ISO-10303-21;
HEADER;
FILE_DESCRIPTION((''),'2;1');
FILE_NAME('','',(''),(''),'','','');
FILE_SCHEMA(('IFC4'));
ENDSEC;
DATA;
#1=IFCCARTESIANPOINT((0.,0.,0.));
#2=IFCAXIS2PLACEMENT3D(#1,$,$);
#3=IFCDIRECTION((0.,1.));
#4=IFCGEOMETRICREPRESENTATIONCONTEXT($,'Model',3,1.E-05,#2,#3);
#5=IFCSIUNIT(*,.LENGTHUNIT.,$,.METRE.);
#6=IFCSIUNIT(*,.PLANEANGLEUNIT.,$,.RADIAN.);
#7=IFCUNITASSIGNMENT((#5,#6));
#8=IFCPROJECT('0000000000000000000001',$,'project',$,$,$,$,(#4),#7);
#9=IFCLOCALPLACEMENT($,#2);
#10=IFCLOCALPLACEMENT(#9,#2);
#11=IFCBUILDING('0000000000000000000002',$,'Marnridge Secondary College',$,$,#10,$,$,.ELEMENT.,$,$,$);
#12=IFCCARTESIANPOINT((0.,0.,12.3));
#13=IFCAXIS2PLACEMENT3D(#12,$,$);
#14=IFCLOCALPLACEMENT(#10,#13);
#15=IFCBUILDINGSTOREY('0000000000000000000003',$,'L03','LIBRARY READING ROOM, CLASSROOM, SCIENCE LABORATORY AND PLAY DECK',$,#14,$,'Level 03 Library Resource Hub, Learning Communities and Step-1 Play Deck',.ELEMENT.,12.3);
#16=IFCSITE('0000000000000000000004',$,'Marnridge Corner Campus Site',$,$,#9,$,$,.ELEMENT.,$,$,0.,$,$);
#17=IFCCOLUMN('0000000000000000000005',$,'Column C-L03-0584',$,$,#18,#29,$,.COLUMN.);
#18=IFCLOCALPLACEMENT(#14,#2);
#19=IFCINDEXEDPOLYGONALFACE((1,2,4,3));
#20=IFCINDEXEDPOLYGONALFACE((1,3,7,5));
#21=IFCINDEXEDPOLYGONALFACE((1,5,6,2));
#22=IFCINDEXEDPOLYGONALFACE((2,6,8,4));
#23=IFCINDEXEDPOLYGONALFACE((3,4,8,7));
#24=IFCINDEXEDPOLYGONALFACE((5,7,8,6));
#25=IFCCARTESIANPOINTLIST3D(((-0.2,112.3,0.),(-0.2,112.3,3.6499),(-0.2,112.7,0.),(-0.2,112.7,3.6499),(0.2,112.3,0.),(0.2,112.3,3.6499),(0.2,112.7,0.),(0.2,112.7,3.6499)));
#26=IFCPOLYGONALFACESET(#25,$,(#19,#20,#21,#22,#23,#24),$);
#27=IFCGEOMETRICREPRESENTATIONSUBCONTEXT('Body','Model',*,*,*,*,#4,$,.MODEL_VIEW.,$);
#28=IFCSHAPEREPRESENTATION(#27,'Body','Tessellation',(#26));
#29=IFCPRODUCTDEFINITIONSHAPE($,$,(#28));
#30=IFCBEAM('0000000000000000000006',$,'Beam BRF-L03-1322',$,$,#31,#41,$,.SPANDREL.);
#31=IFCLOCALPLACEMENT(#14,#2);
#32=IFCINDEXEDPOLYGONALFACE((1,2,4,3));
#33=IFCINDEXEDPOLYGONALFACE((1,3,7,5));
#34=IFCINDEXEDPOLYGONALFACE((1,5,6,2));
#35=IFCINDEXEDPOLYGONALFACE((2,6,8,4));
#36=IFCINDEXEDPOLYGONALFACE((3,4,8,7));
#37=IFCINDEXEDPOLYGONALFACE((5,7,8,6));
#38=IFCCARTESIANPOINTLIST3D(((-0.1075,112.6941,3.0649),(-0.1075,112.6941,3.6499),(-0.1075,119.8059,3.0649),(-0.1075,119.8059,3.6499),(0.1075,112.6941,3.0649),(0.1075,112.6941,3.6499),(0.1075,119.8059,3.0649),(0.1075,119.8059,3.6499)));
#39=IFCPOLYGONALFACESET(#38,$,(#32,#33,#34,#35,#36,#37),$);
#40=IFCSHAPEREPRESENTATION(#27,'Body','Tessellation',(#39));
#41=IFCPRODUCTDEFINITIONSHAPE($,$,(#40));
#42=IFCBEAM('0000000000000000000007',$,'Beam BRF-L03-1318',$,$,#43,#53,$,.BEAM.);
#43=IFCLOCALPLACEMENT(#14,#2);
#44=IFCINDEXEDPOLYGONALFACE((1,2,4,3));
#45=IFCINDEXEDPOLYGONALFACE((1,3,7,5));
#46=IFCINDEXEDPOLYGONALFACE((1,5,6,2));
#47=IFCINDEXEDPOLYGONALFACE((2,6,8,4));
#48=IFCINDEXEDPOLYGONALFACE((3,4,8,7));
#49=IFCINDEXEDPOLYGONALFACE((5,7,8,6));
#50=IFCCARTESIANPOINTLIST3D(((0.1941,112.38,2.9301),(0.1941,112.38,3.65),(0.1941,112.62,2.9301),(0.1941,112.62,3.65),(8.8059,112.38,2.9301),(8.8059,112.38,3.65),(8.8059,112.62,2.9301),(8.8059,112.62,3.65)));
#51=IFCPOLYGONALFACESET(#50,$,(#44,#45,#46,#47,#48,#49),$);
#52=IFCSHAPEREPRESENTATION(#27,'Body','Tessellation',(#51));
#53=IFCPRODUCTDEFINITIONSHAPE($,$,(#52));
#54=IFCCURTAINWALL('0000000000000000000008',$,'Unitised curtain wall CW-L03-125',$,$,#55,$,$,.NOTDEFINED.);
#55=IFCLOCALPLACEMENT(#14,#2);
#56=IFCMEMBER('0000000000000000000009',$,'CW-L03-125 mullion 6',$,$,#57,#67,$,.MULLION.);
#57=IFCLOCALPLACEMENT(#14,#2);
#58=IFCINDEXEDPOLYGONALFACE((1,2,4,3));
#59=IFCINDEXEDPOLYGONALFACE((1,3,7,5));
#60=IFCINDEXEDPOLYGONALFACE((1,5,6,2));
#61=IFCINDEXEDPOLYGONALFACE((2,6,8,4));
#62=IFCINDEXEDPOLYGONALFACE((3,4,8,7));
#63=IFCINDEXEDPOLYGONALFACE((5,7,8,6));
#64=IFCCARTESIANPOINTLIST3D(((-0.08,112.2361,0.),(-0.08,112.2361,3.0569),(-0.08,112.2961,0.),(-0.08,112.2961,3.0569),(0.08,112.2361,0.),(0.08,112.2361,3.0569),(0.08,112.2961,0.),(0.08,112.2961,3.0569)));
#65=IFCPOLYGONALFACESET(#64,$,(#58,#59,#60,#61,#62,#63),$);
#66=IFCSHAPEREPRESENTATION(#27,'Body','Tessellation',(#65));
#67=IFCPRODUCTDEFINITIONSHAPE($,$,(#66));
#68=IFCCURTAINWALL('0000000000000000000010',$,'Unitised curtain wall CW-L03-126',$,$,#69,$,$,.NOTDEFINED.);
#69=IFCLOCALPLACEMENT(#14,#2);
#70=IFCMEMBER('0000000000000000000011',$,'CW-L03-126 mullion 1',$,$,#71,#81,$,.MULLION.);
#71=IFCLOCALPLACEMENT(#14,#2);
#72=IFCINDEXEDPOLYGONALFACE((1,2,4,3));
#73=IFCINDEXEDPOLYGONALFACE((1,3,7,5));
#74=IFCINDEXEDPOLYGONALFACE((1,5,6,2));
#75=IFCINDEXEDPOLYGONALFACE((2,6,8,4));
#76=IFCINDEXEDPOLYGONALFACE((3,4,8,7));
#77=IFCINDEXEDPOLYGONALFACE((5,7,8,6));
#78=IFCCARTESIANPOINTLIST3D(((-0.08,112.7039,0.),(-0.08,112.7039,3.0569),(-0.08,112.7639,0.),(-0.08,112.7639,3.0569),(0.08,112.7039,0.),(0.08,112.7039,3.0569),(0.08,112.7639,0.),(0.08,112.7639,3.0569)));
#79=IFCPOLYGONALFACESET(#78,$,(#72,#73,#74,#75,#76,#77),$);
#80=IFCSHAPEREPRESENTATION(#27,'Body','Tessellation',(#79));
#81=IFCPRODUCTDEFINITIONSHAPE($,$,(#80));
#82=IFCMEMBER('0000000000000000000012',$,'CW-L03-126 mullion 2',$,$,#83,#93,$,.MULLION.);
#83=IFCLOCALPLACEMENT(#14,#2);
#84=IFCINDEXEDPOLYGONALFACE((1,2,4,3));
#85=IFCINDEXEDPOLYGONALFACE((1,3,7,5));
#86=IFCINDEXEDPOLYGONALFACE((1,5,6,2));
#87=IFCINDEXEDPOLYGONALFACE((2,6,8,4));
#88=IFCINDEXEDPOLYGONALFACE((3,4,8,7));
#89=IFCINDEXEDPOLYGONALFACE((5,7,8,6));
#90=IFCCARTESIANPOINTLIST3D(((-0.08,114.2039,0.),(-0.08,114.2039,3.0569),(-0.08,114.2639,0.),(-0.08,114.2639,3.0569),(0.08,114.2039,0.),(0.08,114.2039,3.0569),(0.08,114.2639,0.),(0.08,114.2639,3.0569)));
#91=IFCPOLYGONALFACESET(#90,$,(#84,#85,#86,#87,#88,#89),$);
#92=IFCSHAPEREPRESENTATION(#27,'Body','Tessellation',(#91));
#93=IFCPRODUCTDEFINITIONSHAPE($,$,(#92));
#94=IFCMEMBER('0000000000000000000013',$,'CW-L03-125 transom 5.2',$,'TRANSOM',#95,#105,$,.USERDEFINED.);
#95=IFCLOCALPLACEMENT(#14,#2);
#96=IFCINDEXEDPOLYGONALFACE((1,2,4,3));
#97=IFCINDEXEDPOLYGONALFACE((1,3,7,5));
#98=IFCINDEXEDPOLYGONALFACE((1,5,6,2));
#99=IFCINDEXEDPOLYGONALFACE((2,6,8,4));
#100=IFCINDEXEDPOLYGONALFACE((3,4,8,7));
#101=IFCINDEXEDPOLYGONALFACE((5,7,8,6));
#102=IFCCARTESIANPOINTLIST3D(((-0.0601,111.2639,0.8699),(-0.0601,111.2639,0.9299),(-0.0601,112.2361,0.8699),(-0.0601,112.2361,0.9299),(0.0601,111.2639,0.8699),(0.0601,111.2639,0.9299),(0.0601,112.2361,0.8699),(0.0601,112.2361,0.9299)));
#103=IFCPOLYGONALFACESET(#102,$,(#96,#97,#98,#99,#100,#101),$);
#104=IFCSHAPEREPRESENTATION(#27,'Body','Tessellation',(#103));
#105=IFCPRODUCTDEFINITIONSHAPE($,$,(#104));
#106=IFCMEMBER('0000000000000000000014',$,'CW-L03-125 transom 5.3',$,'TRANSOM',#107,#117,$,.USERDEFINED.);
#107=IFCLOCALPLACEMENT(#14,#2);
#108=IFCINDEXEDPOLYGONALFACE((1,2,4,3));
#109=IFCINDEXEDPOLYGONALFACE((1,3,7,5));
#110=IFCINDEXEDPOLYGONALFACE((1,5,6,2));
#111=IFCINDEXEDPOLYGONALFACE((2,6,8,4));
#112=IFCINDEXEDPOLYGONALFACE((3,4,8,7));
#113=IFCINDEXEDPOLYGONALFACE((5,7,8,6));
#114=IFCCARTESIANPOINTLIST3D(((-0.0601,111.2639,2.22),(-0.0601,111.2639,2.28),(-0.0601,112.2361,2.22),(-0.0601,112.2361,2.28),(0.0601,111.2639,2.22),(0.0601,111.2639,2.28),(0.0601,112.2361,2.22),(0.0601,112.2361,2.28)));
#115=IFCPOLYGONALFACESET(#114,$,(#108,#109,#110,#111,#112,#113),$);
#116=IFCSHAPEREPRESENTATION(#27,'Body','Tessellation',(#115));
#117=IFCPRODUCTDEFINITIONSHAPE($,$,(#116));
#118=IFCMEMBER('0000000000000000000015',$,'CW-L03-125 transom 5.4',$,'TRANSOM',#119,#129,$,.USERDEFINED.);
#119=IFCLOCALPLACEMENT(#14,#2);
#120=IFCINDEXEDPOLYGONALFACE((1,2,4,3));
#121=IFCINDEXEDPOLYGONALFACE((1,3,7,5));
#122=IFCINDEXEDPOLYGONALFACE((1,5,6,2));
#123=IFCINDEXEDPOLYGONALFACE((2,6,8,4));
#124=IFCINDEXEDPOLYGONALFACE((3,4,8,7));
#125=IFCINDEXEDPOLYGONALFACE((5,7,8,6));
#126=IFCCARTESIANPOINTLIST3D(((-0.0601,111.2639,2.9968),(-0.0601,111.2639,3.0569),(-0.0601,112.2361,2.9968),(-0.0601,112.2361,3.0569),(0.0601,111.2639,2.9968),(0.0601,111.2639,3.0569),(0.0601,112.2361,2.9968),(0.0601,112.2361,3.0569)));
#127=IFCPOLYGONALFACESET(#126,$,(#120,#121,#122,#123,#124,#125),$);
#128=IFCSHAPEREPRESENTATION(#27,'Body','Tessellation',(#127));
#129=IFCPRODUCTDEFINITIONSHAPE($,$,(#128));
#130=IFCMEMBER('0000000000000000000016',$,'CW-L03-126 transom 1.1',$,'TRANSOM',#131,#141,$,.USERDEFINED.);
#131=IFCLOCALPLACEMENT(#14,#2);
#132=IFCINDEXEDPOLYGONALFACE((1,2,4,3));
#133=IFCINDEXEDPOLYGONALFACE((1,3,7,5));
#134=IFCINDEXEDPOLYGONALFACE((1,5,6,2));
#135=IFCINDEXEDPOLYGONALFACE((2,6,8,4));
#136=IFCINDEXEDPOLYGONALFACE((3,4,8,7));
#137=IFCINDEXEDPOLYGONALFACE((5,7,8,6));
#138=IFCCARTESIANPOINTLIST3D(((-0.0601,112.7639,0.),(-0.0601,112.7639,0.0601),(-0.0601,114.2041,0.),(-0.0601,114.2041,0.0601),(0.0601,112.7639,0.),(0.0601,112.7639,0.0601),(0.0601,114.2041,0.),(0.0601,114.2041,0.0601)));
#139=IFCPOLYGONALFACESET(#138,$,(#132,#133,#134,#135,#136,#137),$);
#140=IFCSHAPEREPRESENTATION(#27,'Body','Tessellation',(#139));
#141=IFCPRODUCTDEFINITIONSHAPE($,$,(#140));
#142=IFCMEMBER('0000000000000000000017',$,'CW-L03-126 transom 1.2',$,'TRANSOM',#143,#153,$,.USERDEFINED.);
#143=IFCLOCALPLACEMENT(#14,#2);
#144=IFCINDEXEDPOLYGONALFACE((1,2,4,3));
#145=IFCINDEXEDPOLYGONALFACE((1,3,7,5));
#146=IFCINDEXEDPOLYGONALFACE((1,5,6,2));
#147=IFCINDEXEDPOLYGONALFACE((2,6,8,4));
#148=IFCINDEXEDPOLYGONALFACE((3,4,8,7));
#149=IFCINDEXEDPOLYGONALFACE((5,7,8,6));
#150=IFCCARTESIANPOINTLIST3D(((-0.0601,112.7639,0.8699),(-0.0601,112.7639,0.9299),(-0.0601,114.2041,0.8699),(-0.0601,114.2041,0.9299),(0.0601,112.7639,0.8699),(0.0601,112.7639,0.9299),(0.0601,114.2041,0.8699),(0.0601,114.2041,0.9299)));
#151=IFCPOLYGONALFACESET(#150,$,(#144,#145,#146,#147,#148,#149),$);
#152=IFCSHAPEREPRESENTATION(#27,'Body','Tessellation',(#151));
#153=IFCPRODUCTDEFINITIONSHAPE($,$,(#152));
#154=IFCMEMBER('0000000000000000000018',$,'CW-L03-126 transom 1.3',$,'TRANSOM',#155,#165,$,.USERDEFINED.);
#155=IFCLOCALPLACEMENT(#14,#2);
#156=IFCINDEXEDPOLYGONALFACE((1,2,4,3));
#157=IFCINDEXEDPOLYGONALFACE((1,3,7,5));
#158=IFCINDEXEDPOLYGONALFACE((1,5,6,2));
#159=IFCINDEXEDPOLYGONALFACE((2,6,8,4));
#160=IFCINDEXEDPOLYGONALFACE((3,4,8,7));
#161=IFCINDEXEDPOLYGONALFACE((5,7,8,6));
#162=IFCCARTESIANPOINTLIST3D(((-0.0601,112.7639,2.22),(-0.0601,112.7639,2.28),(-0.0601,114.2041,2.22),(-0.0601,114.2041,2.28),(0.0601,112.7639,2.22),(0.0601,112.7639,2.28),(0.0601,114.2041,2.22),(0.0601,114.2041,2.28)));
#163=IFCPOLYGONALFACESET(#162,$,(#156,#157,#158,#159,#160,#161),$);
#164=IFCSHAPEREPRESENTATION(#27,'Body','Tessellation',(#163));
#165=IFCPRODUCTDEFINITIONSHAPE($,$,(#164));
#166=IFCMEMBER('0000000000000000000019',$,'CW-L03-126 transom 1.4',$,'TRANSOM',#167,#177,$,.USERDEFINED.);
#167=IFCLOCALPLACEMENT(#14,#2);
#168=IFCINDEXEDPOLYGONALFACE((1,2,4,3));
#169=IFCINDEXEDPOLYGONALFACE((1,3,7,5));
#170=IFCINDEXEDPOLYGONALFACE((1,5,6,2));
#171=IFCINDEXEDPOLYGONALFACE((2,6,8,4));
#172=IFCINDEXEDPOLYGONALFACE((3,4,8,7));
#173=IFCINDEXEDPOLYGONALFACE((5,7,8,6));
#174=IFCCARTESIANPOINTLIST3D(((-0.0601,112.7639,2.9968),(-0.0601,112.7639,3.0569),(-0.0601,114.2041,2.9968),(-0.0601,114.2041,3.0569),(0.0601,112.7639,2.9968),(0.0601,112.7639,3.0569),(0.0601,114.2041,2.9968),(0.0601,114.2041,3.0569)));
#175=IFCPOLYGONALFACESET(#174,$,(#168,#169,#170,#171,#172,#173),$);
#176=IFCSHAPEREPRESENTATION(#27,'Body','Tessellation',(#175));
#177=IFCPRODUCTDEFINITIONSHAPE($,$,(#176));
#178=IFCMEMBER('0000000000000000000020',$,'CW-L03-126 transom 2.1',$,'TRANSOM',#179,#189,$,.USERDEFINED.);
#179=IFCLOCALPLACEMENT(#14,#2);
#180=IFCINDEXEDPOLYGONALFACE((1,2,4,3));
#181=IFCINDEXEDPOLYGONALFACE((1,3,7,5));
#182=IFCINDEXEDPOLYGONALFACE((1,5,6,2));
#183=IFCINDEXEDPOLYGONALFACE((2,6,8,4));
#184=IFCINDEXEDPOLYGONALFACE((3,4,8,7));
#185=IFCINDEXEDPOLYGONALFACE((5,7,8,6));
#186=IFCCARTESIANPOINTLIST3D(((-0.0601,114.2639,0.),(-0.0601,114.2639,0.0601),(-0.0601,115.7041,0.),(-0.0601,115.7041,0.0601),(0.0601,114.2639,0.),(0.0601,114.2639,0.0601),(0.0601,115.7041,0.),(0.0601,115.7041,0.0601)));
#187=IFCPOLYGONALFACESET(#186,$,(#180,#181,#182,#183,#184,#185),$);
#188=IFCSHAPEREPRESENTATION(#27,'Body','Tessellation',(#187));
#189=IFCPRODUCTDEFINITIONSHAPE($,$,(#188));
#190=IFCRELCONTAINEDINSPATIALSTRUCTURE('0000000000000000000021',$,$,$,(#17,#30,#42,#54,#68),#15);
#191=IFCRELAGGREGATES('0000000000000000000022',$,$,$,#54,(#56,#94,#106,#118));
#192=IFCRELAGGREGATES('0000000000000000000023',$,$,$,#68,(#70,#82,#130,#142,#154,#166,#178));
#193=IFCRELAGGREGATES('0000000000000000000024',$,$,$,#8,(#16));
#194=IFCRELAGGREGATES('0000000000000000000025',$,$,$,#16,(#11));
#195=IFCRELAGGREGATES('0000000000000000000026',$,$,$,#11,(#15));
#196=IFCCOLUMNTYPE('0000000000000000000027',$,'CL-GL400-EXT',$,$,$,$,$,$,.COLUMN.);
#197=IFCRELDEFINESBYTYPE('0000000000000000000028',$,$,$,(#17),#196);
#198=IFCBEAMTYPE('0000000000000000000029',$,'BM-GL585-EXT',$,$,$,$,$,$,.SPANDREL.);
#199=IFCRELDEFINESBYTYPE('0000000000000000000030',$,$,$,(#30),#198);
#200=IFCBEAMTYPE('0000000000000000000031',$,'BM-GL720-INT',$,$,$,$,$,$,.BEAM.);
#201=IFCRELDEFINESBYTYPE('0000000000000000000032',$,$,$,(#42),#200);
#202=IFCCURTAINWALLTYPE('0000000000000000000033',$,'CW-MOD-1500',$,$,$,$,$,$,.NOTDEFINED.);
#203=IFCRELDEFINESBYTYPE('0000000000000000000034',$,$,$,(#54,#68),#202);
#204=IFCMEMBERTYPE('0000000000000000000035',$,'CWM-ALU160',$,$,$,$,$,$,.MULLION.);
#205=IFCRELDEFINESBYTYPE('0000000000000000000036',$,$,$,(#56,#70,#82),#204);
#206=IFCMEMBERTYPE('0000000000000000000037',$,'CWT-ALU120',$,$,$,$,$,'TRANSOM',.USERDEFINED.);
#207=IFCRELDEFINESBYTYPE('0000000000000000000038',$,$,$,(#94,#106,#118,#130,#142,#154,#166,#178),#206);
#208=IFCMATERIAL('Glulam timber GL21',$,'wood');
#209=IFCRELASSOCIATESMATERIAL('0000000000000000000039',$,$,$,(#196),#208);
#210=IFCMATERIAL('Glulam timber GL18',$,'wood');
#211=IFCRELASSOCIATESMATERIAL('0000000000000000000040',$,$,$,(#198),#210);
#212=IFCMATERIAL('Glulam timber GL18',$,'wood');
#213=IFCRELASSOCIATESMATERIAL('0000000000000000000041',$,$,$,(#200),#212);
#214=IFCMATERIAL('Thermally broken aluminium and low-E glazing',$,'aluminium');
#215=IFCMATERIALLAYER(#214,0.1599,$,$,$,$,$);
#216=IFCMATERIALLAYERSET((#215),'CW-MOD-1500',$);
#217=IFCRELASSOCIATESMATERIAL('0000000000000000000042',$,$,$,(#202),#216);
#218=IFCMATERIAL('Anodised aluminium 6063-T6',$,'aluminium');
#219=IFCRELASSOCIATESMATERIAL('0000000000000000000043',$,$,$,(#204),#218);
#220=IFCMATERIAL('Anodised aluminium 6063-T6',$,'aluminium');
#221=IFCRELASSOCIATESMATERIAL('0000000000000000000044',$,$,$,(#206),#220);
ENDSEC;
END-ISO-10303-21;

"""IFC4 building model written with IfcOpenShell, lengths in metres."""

from ifc_helpers import new_model, si_unit, direction, frame, origin, origin_2d, place, context, subcontext, project, spatial, rectangle, extrude, material, layer, layer_set, material_profile, profile_set, type_object, element, aggregate, save


model = new_model("IFC4")

# Units and contexts
model_context = context("Model", 3, precision=1e-05, world=origin(), true_north=direction((0.0, 1.0)))
body_context = subcontext(model_context, "Body", "Model", "MODEL_VIEW")
ifc_project = project(units=[si_unit("LENGTHUNIT", "METRE"), si_unit("PLANEANGLEUNIT", "RADIAN")], contexts=[model_context])

# Site, building, storey
site_placement = place(None, origin())
site = spatial("IfcSite", under=ifc_project, at=site_placement, Name="Marnridge Corner Campus Site", CompositionType="ELEMENT", RefElevation=0.0)
building_placement = place(site_placement, origin())
building = spatial("IfcBuilding", under=site, at=building_placement, Name="Marnridge Secondary College", CompositionType="ELEMENT")
storey_placement = place(building_placement, frame((0.0, 0.0, 12.3)))
storey = spatial("IfcBuildingStorey", under=building, at=storey_placement, Name="L03", Description="LIBRARY READING ROOM, CLASSROOM, SCIENCE LABORATORY AND PLAY DECK", LongName="Level 03 Library Resource Hub, Learning Communities and Step-1 Play Deck", CompositionType="ELEMENT", Elevation=12.3)

# Column
ifc_material_1 = material(Name="Glulam timber GL21", Category="wood")
ifc_material_profile_1 = material_profile(ifc_material_1, rectangle(XDim=0.3999, YDim=0.3999, at=origin_2d()), Name="GL21 400x400")
ifc_profile_set_1 = profile_set([ifc_material_profile_1], Name="Glulam timber GL21")
column_type = type_object("IfcColumnType", Name="CL-GL400-EXT", PredefinedType="COLUMN", material=ifc_profile_set_1)
column_placement = place(storey_placement, frame((0.0, 112.5, 0.0), z_axis=(0.0, 0.0, 1.0), x_axis=(1.0, 0.0, 0.0)))
element("IfcColumn", 1, at=column_placement, inside=storey, type_object=column_type, Name="Column C-L03-0584", PredefinedType="COLUMN", context=body_context, shape_type="SweptSolid", body=[
    extrude(rectangle(XDim=0.3999, YDim=0.3999, at=origin_2d()), origin(), (0.0, 0.0, 1.0), 3.6499),
])

# Beams
ifc_material_2 = material(Name="Glulam timber GL18", Category="wood")
ifc_material_profile_2 = material_profile(ifc_material_2, rectangle(XDim=0.2151, YDim=0.585, at=origin_2d()), Name="GL18 215x585")
ifc_profile_set_2 = profile_set([ifc_material_profile_2], Name="Glulam timber GL18")
beam_type_1 = type_object("IfcBeamType", Name="BM-GL585-EXT", PredefinedType="SPANDREL", material=ifc_profile_set_2)
beam_1_placement = place(storey_placement, frame((0.0, 112.6941, 3.3574), z_axis=(0.0, 1.0, 0.0), x_axis=(-1.0, 0.0, 0.0)))
element("IfcBeam", 2, at=beam_1_placement, inside=storey, type_object=beam_type_1, Name="Beam BRF-L03-1322", PredefinedType="SPANDREL", context=body_context, shape_type="SweptSolid", body=[
    extrude(rectangle(XDim=0.2151, YDim=0.585, at=origin_2d()), origin(), (0.0, 0.0, 1.0), 7.1118),
])
ifc_material_3 = material(Name="Glulam timber GL18", Category="wood")
ifc_material_profile_3 = material_profile(ifc_material_3, rectangle(XDim=0.24, YDim=0.72, at=origin_2d()), Name="GL18 240x720")
ifc_profile_set_3 = profile_set([ifc_material_profile_3], Name="Glulam timber GL18")
beam_type_2 = type_object("IfcBeamType", Name="BM-GL720-INT", PredefinedType="BEAM", material=ifc_profile_set_3)
beam_2_placement = place(storey_placement, frame((0.1941, 112.5, 3.29), z_axis=(1.0, 0.0, 0.0), x_axis=(0.0, 1.0, 0.0)))
element("IfcBeam", 3, at=beam_2_placement, inside=storey, type_object=beam_type_2, Name="Beam BRF-L03-1318", PredefinedType="BEAM", context=body_context, shape_type="SweptSolid", body=[
    extrude(rectangle(XDim=0.24, YDim=0.72, at=origin_2d()), origin(), (0.0, 0.0, 1.0), 8.6118),
])

# Curtain wall, member
ifc_material_4 = material(Name="Thermally broken aluminium and low-E glazing", Category="aluminium")
ifc_layer_1 = layer(ifc_material_4, 0.1599)
ifc_layer_set_1 = layer_set([ifc_layer_1], Name="CW-MOD-1500")
curtain_wall_type = type_object("IfcCurtainWallType", Name="CW-MOD-1500", PredefinedType="NOTDEFINED", material=ifc_layer_set_1)
curtain_wall_1_placement = place(storey_placement, origin())
curtain_wall_1 = element("IfcCurtainWall", 4, at=curtain_wall_1_placement, inside=storey, type_object=curtain_wall_type, Name="Unitised curtain wall CW-L03-125", PredefinedType="NOTDEFINED")
ifc_material_5 = material(Name="Anodised aluminium 6063-T6", Category="aluminium")
ifc_material_profile_4 = material_profile(ifc_material_5, rectangle(XDim=0.0601, YDim=0.1599, at=origin_2d()), Name="ALU 60x160")
ifc_profile_set_4 = profile_set([ifc_material_profile_4], Name="Anodised aluminium 6063-T6")
member_type_1 = type_object("IfcMemberType", Name="CWM-ALU160", PredefinedType="MULLION", material=ifc_profile_set_4)
member_1_placement = place(storey_placement, frame((0.0, 112.2661, 0.0), z_axis=(0.0, 0.0, 1.0), x_axis=(0.0, 1.0, 0.0)))
member_1 = element("IfcMember", 5, at=member_1_placement, type_object=member_type_1, Name="CW-L03-125 mullion 6", PredefinedType="MULLION", context=body_context, shape_type="SweptSolid", body=[
    extrude(rectangle(XDim=0.0601, YDim=0.1599, at=origin_2d()), origin(), (0.0, 0.0, 1.0), 3.0569),
])

# Curtain wall, members
curtain_wall_2_placement = place(storey_placement, origin())
curtain_wall_2 = element("IfcCurtainWall", 6, at=curtain_wall_2_placement, inside=storey, type_object=curtain_wall_type, Name="Unitised curtain wall CW-L03-126", PredefinedType="NOTDEFINED")
member_2_placement = place(storey_placement, frame((0.0, 112.7339, 0.0), z_axis=(0.0, 0.0, 1.0), x_axis=(0.0, 1.0, 0.0)))
member_2 = element("IfcMember", 7, at=member_2_placement, type_object=member_type_1, Name="CW-L03-126 mullion 1", PredefinedType="MULLION", context=body_context, shape_type="SweptSolid", body=[
    extrude(rectangle(XDim=0.0601, YDim=0.1599, at=origin_2d()), origin(), (0.0, 0.0, 1.0), 3.0569),
])
member_3_placement = place(storey_placement, frame((0.0, 114.2339, 0.0), z_axis=(0.0, 0.0, 1.0), x_axis=(0.0, 1.0, 0.0)))
member_3 = element("IfcMember", 8, at=member_3_placement, type_object=member_type_1, Name="CW-L03-126 mullion 2", PredefinedType="MULLION", context=body_context, shape_type="SweptSolid", body=[
    extrude(rectangle(XDim=0.0601, YDim=0.1599, at=origin_2d()), origin(), (0.0, 0.0, 1.0), 3.0569),
])

# Members
ifc_material_6 = material(Name="Anodised aluminium 6063-T6", Category="aluminium")
ifc_material_profile_5 = material_profile(ifc_material_6, rectangle(XDim=0.0601, YDim=0.1201, at=origin_2d()), Name="ALU 60x120")
ifc_profile_set_5 = profile_set([ifc_material_profile_5], Name="Anodised aluminium 6063-T6")
member_type_2 = type_object("IfcMemberType", Name="CWT-ALU120", ElementType="TRANSOM", PredefinedType="USERDEFINED", material=ifc_profile_set_5)
member_4_placement = place(storey_placement, frame((0.0, 111.2639, 0.8999), z_axis=(0.0, 1.0, 0.0), x_axis=(0.0, 0.0, 1.0)))
member_4 = element("IfcMember", 9, at=member_4_placement, type_object=member_type_2, Name="CW-L03-125 transom 5.2", ObjectType="TRANSOM", PredefinedType="USERDEFINED", context=body_context, shape_type="SweptSolid", body=[
    extrude(rectangle(XDim=0.0601, YDim=0.1201, at=origin_2d()), origin(), (0.0, 0.0, 1.0), 0.9722),
])
member_5_placement = place(storey_placement, frame((0.0, 111.2639, 2.25), z_axis=(0.0, 1.0, 0.0), x_axis=(0.0, 0.0, 1.0)))
member_5 = element("IfcMember", 10, at=member_5_placement, type_object=member_type_2, Name="CW-L03-125 transom 5.3", ObjectType="TRANSOM", PredefinedType="USERDEFINED", context=body_context, shape_type="SweptSolid", body=[
    extrude(rectangle(XDim=0.0601, YDim=0.1201, at=origin_2d()), origin(), (0.0, 0.0, 1.0), 0.9722),
])
member_6_placement = place(storey_placement, frame((0.0, 111.2639, 3.0269), z_axis=(0.0, 1.0, 0.0), x_axis=(0.0, 0.0, 1.0)))
member_6 = element("IfcMember", 11, at=member_6_placement, type_object=member_type_2, Name="CW-L03-125 transom 5.4", ObjectType="TRANSOM", PredefinedType="USERDEFINED", context=body_context, shape_type="SweptSolid", body=[
    extrude(rectangle(XDim=0.0601, YDim=0.1201, at=origin_2d()), origin(), (0.0, 0.0, 1.0), 0.9722),
])
member_7_placement = place(storey_placement, frame((0.0, 112.7639, 0.03), z_axis=(0.0, 1.0, 0.0), x_axis=(0.0, 0.0, 1.0)))
member_7 = element("IfcMember", 12, at=member_7_placement, type_object=member_type_2, Name="CW-L03-126 transom 1.1", ObjectType="TRANSOM", PredefinedType="USERDEFINED", context=body_context, shape_type="SweptSolid", body=[
    extrude(rectangle(XDim=0.0601, YDim=0.1201, at=origin_2d()), origin(), (0.0, 0.0, 1.0), 1.4402),
])
member_8_placement = place(storey_placement, frame((0.0, 112.7639, 0.8999), z_axis=(0.0, 1.0, 0.0), x_axis=(0.0, 0.0, 1.0)))
member_8 = element("IfcMember", 13, at=member_8_placement, type_object=member_type_2, Name="CW-L03-126 transom 1.2", ObjectType="TRANSOM", PredefinedType="USERDEFINED", context=body_context, shape_type="SweptSolid", body=[
    extrude(rectangle(XDim=0.0601, YDim=0.1201, at=origin_2d()), origin(), (0.0, 0.0, 1.0), 1.4402),
])
member_9_placement = place(storey_placement, frame((0.0, 112.7639, 2.25), z_axis=(0.0, 1.0, 0.0), x_axis=(0.0, 0.0, 1.0)))
member_9 = element("IfcMember", 14, at=member_9_placement, type_object=member_type_2, Name="CW-L03-126 transom 1.3", ObjectType="TRANSOM", PredefinedType="USERDEFINED", context=body_context, shape_type="SweptSolid", body=[
    extrude(rectangle(XDim=0.0601, YDim=0.1201, at=origin_2d()), origin(), (0.0, 0.0, 1.0), 1.4402),
])
member_10_placement = place(storey_placement, frame((0.0, 112.7639, 3.0269), z_axis=(0.0, 1.0, 0.0), x_axis=(0.0, 0.0, 1.0)))
member_10 = element("IfcMember", 15, at=member_10_placement, type_object=member_type_2, Name="CW-L03-126 transom 1.4", ObjectType="TRANSOM", PredefinedType="USERDEFINED", context=body_context, shape_type="SweptSolid", body=[
    extrude(rectangle(XDim=0.0601, YDim=0.1201, at=origin_2d()), origin(), (0.0, 0.0, 1.0), 1.4402),
])
member_11_placement = place(storey_placement, frame((0.0, 114.2639, 0.03), z_axis=(0.0, 1.0, 0.0), x_axis=(0.0, 0.0, 1.0)))
member_11 = element("IfcMember", 16, at=member_11_placement, type_object=member_type_2, Name="CW-L03-126 transom 2.1", ObjectType="TRANSOM", PredefinedType="USERDEFINED", context=body_context, shape_type="SweptSolid", body=[
    extrude(rectangle(XDim=0.0601, YDim=0.1201, at=origin_2d()), origin(), (0.0, 0.0, 1.0), 1.4402),
])

aggregate(curtain_wall_1, [member_1, member_4, member_5, member_6])
aggregate(curtain_wall_2, [member_2, member_3, member_7, member_8, member_9, member_10, member_11])

save(model, "model.ifc")
